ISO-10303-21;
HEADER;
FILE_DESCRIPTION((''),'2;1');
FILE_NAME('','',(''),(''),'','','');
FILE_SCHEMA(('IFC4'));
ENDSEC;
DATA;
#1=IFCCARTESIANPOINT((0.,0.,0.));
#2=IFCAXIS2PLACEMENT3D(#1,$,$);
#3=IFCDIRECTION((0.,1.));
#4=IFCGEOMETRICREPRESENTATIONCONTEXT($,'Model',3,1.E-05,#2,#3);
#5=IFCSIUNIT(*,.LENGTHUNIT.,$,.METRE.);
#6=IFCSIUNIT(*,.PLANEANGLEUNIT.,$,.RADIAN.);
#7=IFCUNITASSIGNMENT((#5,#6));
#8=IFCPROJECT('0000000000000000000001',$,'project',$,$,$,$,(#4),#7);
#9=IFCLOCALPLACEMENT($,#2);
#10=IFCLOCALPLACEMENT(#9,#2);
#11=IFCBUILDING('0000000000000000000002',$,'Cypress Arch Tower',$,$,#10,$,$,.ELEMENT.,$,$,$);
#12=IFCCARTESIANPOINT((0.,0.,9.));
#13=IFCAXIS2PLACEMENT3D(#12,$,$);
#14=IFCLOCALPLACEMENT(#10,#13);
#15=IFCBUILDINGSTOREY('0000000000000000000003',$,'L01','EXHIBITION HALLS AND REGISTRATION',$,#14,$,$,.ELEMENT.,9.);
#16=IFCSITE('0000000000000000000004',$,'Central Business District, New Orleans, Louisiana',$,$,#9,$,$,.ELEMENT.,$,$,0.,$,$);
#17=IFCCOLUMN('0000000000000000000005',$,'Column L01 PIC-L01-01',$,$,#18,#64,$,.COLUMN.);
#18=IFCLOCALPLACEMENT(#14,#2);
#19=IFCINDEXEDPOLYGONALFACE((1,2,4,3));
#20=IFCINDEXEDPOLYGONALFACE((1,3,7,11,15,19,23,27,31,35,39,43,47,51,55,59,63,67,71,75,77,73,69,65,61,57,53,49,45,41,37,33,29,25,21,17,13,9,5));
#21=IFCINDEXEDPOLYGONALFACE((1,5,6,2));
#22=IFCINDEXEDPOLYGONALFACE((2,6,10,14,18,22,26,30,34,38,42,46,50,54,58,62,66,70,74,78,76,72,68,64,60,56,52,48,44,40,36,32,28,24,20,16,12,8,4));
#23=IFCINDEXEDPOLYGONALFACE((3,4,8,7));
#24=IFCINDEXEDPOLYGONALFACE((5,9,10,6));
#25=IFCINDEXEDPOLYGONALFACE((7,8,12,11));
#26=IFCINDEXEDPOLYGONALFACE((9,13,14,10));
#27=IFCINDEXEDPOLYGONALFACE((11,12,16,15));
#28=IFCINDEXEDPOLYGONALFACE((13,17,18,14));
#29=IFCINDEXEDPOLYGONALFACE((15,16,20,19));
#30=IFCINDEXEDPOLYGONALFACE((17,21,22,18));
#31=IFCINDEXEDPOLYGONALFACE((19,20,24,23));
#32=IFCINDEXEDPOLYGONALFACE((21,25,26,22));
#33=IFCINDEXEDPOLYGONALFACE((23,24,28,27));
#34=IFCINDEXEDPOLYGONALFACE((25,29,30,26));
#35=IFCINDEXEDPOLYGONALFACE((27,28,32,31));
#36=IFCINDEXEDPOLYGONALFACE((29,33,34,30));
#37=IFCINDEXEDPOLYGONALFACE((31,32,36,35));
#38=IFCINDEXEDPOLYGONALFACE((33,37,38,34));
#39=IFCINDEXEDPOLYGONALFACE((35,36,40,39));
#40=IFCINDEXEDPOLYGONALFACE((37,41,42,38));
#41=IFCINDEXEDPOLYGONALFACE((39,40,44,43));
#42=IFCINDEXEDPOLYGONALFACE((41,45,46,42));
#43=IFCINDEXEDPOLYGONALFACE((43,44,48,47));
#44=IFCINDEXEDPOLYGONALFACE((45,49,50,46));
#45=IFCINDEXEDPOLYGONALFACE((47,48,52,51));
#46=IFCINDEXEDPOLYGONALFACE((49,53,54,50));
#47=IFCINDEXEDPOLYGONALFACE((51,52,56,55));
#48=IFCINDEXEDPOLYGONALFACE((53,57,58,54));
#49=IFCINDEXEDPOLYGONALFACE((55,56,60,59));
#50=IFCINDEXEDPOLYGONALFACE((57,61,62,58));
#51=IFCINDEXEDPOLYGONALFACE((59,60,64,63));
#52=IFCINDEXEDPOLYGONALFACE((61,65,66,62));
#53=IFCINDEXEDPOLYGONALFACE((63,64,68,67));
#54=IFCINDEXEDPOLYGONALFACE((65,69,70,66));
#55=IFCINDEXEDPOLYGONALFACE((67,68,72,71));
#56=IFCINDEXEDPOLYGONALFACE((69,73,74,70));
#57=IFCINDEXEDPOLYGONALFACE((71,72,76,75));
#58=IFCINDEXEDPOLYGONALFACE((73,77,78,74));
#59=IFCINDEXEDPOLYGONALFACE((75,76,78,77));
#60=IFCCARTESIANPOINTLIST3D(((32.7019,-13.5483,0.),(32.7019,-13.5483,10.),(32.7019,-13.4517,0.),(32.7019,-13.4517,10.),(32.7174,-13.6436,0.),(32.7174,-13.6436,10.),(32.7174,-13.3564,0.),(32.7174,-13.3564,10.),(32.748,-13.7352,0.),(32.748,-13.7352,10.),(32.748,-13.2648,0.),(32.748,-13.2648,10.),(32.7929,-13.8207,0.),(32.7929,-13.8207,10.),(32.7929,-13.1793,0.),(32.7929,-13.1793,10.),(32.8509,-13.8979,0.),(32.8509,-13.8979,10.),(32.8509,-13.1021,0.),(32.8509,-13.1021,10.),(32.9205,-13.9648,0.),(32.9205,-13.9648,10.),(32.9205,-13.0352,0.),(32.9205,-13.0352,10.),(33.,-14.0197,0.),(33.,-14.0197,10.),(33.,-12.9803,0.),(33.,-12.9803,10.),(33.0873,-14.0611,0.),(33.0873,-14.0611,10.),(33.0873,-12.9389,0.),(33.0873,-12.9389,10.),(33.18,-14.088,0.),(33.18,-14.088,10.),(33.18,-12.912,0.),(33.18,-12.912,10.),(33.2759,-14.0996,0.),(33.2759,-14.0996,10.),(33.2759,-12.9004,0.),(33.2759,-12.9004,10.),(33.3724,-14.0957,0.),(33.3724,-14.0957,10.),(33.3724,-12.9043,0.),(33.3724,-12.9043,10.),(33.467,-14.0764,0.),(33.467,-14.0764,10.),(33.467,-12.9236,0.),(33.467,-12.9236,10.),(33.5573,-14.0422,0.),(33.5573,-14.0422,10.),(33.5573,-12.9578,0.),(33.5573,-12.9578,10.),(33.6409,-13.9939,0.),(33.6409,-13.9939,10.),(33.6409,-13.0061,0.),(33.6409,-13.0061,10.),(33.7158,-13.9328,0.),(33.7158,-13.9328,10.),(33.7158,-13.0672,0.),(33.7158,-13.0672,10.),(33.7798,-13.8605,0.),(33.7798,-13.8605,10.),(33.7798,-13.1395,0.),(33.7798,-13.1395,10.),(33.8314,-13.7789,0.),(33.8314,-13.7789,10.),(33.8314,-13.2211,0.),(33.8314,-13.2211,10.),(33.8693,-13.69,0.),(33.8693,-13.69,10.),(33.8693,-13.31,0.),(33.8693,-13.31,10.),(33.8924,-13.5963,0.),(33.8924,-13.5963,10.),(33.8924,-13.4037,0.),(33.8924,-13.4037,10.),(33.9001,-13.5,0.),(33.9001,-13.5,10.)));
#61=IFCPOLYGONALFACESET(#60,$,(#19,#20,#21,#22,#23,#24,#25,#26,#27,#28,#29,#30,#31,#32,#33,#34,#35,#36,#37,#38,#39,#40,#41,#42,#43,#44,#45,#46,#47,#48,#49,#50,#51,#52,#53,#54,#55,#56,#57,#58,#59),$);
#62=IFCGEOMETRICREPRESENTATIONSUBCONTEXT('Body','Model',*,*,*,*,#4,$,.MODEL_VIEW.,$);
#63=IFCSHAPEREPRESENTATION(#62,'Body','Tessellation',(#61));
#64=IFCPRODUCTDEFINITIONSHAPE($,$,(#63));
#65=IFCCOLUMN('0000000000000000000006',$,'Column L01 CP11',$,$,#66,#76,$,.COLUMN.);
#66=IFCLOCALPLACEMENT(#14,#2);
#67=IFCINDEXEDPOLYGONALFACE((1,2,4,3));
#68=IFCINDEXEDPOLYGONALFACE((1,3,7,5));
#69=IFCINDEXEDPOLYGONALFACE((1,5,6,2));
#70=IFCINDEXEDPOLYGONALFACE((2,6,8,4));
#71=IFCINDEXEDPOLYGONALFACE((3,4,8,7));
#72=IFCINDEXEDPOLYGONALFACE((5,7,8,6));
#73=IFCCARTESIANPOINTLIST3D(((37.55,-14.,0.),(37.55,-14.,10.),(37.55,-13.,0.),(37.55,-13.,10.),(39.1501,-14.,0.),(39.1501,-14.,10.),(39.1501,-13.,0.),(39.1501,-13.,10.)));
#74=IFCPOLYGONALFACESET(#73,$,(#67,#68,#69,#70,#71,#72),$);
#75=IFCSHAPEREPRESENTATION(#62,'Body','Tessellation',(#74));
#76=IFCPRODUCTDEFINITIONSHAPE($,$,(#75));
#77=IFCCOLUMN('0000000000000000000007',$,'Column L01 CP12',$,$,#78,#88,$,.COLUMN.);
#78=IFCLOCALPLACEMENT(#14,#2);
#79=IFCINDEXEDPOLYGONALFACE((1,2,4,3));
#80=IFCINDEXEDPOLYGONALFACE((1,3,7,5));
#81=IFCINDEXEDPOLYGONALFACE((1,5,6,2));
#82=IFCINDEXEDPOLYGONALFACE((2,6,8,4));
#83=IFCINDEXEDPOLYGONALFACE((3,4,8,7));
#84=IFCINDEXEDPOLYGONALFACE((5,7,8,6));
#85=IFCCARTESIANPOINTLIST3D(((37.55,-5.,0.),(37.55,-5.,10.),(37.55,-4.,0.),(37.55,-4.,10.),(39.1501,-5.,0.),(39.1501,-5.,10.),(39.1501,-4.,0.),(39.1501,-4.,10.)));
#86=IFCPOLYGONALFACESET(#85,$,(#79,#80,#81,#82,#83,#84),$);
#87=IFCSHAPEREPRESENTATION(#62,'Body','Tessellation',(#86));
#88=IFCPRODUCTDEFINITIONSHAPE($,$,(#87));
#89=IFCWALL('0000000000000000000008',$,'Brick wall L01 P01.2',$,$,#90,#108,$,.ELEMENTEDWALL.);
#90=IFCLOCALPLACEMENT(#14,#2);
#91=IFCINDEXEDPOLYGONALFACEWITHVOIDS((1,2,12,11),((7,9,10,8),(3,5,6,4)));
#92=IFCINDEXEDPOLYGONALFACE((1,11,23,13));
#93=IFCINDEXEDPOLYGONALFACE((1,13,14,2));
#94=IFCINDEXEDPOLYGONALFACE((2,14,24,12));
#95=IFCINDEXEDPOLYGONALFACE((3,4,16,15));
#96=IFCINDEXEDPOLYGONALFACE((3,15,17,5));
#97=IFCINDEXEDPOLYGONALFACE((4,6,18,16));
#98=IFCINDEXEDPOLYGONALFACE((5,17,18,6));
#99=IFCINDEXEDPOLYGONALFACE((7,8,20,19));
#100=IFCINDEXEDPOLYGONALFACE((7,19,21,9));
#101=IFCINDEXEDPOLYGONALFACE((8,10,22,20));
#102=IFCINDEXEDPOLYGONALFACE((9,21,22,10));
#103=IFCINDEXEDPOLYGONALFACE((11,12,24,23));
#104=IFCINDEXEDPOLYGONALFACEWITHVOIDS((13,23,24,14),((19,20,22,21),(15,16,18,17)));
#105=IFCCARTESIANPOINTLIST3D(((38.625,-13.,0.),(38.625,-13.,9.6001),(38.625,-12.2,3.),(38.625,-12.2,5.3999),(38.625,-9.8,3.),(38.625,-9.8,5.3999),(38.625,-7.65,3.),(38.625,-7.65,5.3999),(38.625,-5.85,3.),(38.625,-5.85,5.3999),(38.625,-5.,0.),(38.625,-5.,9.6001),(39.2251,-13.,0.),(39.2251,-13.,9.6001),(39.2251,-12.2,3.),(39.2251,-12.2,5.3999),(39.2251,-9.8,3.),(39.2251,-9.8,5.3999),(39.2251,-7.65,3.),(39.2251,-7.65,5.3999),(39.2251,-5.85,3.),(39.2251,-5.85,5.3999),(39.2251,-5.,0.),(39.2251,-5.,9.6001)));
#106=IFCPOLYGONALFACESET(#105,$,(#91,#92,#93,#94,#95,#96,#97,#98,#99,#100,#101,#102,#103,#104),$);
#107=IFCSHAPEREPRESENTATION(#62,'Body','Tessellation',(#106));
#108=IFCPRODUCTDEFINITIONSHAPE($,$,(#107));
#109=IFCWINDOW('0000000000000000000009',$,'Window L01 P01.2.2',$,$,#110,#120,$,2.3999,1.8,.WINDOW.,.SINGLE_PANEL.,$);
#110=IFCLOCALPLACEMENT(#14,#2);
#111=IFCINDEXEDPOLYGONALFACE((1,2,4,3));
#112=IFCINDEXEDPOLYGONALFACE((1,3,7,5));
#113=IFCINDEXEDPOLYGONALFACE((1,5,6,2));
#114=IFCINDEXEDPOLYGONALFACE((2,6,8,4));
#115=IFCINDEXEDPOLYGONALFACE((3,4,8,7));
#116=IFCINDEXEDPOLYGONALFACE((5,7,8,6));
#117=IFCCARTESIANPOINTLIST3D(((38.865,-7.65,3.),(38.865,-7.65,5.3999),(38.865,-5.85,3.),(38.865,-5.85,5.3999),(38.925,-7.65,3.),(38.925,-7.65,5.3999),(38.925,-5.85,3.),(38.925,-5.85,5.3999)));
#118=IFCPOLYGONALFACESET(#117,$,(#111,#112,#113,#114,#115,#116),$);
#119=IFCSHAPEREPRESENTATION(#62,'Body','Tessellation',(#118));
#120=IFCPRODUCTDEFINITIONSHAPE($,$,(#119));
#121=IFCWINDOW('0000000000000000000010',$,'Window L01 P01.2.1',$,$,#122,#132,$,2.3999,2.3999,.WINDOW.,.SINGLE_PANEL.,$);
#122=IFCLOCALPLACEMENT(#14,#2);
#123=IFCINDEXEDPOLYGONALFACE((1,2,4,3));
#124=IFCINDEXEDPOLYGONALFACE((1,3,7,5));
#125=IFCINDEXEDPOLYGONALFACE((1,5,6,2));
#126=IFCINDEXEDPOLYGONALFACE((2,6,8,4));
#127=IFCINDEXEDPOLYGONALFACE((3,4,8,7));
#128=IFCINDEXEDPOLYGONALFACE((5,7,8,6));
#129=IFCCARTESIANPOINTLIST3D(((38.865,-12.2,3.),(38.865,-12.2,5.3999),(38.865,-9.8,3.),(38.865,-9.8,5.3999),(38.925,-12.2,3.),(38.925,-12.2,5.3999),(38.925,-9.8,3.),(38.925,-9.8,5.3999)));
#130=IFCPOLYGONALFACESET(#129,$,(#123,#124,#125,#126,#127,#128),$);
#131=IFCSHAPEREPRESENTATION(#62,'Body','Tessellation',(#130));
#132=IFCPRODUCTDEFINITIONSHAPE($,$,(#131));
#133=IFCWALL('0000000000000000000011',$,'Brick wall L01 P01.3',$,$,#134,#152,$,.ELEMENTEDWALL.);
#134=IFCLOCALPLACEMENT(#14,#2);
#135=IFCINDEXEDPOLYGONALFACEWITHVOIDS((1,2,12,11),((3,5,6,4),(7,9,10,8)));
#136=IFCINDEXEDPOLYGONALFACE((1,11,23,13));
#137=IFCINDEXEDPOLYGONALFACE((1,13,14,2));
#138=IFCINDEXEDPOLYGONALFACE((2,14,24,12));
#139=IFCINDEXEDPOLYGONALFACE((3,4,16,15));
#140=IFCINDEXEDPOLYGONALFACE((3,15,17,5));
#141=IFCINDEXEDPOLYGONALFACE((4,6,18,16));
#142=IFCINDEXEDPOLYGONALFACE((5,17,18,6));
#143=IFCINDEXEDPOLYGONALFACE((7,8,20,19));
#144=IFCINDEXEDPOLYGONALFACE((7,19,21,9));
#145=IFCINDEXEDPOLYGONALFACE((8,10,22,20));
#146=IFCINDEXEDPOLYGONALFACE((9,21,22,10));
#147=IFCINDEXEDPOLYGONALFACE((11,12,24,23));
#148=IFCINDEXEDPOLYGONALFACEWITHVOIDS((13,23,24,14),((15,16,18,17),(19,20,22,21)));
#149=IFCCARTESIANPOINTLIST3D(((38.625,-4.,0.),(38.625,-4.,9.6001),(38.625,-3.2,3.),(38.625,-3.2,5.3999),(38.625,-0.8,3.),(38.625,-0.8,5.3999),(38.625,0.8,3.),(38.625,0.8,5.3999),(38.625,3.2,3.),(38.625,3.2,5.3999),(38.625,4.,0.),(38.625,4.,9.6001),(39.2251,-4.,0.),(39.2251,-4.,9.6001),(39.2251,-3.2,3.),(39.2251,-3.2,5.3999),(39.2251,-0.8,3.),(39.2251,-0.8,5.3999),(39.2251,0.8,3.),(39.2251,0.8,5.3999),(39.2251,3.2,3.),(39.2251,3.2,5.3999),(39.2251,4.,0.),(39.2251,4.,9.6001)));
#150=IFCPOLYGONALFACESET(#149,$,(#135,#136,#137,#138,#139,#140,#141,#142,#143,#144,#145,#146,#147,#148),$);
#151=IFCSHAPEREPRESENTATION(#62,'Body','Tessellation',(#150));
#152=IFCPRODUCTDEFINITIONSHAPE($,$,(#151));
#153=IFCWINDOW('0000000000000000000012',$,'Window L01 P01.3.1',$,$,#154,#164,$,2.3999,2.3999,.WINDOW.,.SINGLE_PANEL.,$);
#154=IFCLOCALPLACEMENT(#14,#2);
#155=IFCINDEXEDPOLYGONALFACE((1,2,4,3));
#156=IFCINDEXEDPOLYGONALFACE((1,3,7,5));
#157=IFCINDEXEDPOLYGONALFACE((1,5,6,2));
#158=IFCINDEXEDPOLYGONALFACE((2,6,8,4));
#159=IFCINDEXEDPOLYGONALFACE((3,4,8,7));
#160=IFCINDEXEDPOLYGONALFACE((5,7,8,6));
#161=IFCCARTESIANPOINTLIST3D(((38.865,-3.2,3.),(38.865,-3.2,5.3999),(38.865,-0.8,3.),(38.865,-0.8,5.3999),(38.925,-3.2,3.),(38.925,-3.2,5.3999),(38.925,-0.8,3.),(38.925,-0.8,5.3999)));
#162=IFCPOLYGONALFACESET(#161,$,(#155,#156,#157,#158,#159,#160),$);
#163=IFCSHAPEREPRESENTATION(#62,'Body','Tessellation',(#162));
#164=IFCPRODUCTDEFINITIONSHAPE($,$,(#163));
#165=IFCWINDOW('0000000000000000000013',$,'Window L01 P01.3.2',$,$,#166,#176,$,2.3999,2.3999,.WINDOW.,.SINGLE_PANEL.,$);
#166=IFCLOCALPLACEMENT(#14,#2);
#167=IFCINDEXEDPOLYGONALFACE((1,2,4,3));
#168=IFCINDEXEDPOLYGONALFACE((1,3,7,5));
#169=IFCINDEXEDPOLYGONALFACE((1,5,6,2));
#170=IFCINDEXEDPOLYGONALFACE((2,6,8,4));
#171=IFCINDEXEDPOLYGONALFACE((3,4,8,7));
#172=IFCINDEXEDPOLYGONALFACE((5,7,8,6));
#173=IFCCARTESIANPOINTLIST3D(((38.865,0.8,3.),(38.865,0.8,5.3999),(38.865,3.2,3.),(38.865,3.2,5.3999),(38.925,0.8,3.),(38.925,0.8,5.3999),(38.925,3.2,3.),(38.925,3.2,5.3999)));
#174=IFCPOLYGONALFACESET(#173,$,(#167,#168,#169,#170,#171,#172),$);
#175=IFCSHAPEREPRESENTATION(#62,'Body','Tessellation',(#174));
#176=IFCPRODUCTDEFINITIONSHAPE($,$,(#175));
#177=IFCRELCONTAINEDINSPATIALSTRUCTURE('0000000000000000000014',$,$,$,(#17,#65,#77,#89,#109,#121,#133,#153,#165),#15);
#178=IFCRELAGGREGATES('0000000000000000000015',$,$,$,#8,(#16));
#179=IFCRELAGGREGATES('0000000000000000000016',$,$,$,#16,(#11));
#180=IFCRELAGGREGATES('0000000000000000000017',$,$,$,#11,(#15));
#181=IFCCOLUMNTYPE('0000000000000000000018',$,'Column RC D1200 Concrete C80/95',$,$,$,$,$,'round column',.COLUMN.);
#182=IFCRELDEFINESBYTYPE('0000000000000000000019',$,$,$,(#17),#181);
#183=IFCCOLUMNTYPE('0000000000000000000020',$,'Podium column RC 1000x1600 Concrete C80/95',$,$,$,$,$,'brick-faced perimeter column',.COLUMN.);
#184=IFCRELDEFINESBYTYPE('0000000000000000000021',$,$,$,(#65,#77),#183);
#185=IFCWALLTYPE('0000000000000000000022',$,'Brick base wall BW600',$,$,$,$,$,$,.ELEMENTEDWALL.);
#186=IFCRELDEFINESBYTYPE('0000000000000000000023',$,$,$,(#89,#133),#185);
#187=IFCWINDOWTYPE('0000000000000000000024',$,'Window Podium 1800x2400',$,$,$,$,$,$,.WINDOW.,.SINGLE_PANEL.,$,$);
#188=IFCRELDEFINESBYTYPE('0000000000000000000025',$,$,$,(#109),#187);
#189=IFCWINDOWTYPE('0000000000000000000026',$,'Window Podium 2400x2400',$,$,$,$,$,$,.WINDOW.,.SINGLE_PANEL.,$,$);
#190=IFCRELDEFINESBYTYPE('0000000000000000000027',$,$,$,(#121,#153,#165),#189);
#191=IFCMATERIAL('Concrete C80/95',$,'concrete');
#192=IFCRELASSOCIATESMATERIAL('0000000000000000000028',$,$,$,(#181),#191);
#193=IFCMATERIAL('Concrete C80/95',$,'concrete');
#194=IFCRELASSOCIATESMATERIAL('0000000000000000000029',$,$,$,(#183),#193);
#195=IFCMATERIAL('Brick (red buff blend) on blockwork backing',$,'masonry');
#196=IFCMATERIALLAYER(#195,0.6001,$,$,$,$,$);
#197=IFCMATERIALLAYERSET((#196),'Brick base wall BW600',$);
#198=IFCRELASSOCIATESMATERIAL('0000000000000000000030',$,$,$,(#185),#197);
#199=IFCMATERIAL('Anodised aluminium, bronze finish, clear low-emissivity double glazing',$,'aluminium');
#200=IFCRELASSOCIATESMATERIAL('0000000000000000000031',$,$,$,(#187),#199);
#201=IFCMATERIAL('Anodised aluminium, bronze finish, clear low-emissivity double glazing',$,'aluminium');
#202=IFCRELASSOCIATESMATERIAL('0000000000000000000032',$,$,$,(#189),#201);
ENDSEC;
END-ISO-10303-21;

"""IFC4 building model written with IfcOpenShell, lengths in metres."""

from ifc_helpers import new_model, si_unit, direction, frame, frame_2d, origin, origin_2d, place, context, subcontext, project, spatial, rectangle, circle, extrude, material, layer, layer_set, material_profile, profile_set, type_object, element, fill, save


model = new_model("IFC4")

# Units and contexts
model_context = context("Model", 3, precision=1e-05, world=origin(), true_north=direction((0.0, 1.0)))
body_context = subcontext(model_context, "Body", "Model", "MODEL_VIEW")
ifc_project = project(units=[si_unit("LENGTHUNIT", "METRE"), si_unit("PLANEANGLEUNIT", "RADIAN")], contexts=[model_context])

# Site, building, storey
site_placement = place(None, origin())
site = spatial("IfcSite", under=ifc_project, at=site_placement, Name="Central Business District, New Orleans, Louisiana", CompositionType="ELEMENT", RefElevation=0.0)
building_placement = place(site_placement, origin())
building = spatial("IfcBuilding", under=site, at=building_placement, Name="Cypress Arch Tower", CompositionType="ELEMENT")
storey_placement = place(building_placement, frame((0.0, 0.0, 9.0)))
storey = spatial("IfcBuildingStorey", under=building, at=storey_placement, Name="L01", Description="EXHIBITION HALLS AND REGISTRATION", CompositionType="ELEMENT", Elevation=9.0)

# Columns
ifc_material_1 = material(Name="Concrete C80/95", Category="concrete")
ifc_material_profile_1 = material_profile(ifc_material_1, circle(Radius=0.6001, at=origin_2d()), Name="RC D1200")
ifc_profile_set_1 = profile_set([ifc_material_profile_1], Name="Concrete C80/95")
column_type_1 = type_object("IfcColumnType", Name="Column RC D1200 Concrete C80/95", ElementType="round column", PredefinedType="COLUMN", material=ifc_profile_set_1)
column_placement = place(storey_placement, frame((33.3, -13.5, 0.0), z_axis=(0.0, 0.0, 1.0), x_axis=(1.0, 0.0, 0.0)))
element("IfcColumn", 1, at=column_placement, inside=storey, type_object=column_type_1, Name="Column L01 PIC-L01-01", PredefinedType="COLUMN", context=body_context, shape_type="SweptSolid", body=[
    extrude(circle(Radius=0.6001, at=origin_2d()), origin(), (0.0, 0.0, 1.0), 10.0),
])
ifc_material_2 = material(Name="Concrete C80/95", Category="concrete")
ifc_material_profile_2 = material_profile(ifc_material_2, rectangle(XDim=1.0, YDim=1.6001, at=origin_2d()), Name="RC 1000x1600")
ifc_profile_set_2 = profile_set([ifc_material_profile_2], Name="Concrete C80/95")
column_type_2 = type_object("IfcColumnType", Name="Podium column RC 1000x1600 Concrete C80/95", ElementType="brick-faced perimeter column", PredefinedType="COLUMN", material=ifc_profile_set_2)
for number, where, z_axis, x_axis, name in (
    (2, (38.3501, -13.5, 0.0), (0.0, 0.0, 1.0), (0.0, 1.0, 0.0), "Column L01 CP11"),
    (3, (38.3501, -4.5, 0.0), (0.0, 0.0, 1.0), (0.0, 1.0, 0.0), "Column L01 CP12"),
):
    element("IfcColumn", number, at=place(storey_placement, frame(where, z_axis=z_axis, x_axis=x_axis)), inside=storey, type_object=column_type_2, Name=name, PredefinedType="COLUMN", context=body_context, shape_type="SweptSolid", body=[
        extrude(rectangle(XDim=1.0, YDim=1.6001, at=origin_2d()), origin(), (0.0, 0.0, 1.0), 10.0),
    ])

# Walls, openings, windows
ifc_material_3 = material(Name="Brick (red buff blend) on blockwork backing", Category="masonry")
ifc_layer_1 = layer(ifc_material_3, 0.6001)
ifc_layer_set_1 = layer_set([ifc_layer_1], Name="Brick base wall BW600")
wall_type_1 = type_object("IfcWallType", Name="Brick base wall BW600", PredefinedType="ELEMENTEDWALL", material=ifc_layer_set_1)
wall_1_placement = place(storey_placement, frame((38.925, -13.0, 0.0), z_axis=(0.0, 0.0, 1.0), x_axis=(0.0, 1.0, 0.0)))
wall_1 = element("IfcWall", 4, at=wall_1_placement, inside=storey, type_object=wall_type_1, Name="Brick wall L01 P01.2", PredefinedType="ELEMENTEDWALL", context=body_context, shape_type="SweptSolid", body=[
    extrude(rectangle(XDim=8.0, YDim=0.6001, at=frame_2d((4.0, 0.0))), origin(), (0.0, 0.0, 1.0), 9.6001),
])
opening_1_placement = place(wall_1_placement, frame((0.8, 0.0, 3.0)))
opening_1 = element("IfcOpeningElement", 5, at=opening_1_placement, cuts=wall_1, PredefinedType="OPENING", context=body_context, shape_type="SweptSolid", body=[
    extrude(rectangle(XDim=2.3999, YDim=2.3999, at=frame_2d((1.2, 1.2))), frame((0.0, 0.3101, 0.0), z_axis=(0.0, -1.0, 0.0), x_axis=(1.0, 0.0, 0.0)), (0.0, 0.0, 1.0), 0.6201),
])
opening_2_placement = place(wall_1_placement, frame((5.3501, 0.0, 3.0)))
opening_2 = element("IfcOpeningElement", 6, at=opening_2_placement, cuts=wall_1, PredefinedType="OPENING", context=body_context, shape_type="SweptSolid", body=[
    extrude(rectangle(XDim=1.8, YDim=2.3999, at=frame_2d((0.8999, 1.2))), frame((0.0, 0.3101, 0.0), z_axis=(0.0, -1.0, 0.0), x_axis=(1.0, 0.0, 0.0)), (0.0, 0.0, 1.0), 0.6201),
])
ifc_material_4 = material(Name="Anodised aluminium, bronze finish, clear low-emissivity double glazing", Category="aluminium")
window_type_1 = type_object("IfcWindowType", Name="Window Podium 1800x2400", PartitioningType="SINGLE_PANEL", PredefinedType="WINDOW", material=ifc_material_4)
window_1_placement = place(opening_2_placement, origin())
window_1 = element("IfcWindow", 7, at=window_1_placement, inside=storey, type_object=window_type_1, Name="Window L01 P01.2.2", OverallHeight=2.3999, OverallWidth=1.8, PartitioningType="SINGLE_PANEL", PredefinedType="WINDOW", context=body_context, shape_type="SweptSolid", body=[
    extrude(rectangle(XDim=1.8, YDim=2.3999, at=frame_2d((0.8999, 1.2))), frame((0.0, 0.0601, 0.0), z_axis=(0.0, -1.0, 0.0), x_axis=(1.0, 0.0, 0.0)), (0.0, 0.0, 1.0), 0.0601),
])
fill(opening_2, window_1)
ifc_material_5 = material(Name="Anodised aluminium, bronze finish, clear low-emissivity double glazing", Category="aluminium")
window_type_2 = type_object("IfcWindowType", Name="Window Podium 2400x2400", PartitioningType="SINGLE_PANEL", PredefinedType="WINDOW", material=ifc_material_5)
window_2_placement = place(opening_1_placement, origin())
window_2 = element("IfcWindow", 8, at=window_2_placement, inside=storey, type_object=window_type_2, Name="Window L01 P01.2.1", OverallHeight=2.3999, OverallWidth=2.3999, PartitioningType="SINGLE_PANEL", PredefinedType="WINDOW", context=body_context, shape_type="SweptSolid", body=[
    extrude(rectangle(XDim=2.3999, YDim=2.3999, at=frame_2d((1.2, 1.2))), frame((0.0, 0.0601, 0.0), z_axis=(0.0, -1.0, 0.0), x_axis=(1.0, 0.0, 0.0)), (0.0, 0.0, 1.0), 0.0601),
])
fill(opening_1, window_2)
wall_2_placement = place(storey_placement, frame((38.925, -4.0, 0.0), z_axis=(0.0, 0.0, 1.0), x_axis=(0.0, 1.0, 0.0)))
wall_2 = element("IfcWall", 9, at=wall_2_placement, inside=storey, type_object=wall_type_1, Name="Brick wall L01 P01.3", PredefinedType="ELEMENTEDWALL", context=body_context, shape_type="SweptSolid", body=[
    extrude(rectangle(XDim=8.0, YDim=0.6001, at=frame_2d((4.0, 0.0))), origin(), (0.0, 0.0, 1.0), 9.6001),
])
opening_3_placement = place(wall_2_placement, frame((0.8, 0.0, 3.0)))
opening_3 = element("IfcOpeningElement", 10, at=opening_3_placement, cuts=wall_2, PredefinedType="OPENING", context=body_context, shape_type="SweptSolid", body=[
    extrude(rectangle(XDim=2.3999, YDim=2.3999, at=frame_2d((1.2, 1.2))), frame((0.0, 0.3101, 0.0), z_axis=(0.0, -1.0, 0.0), x_axis=(1.0, 0.0, 0.0)), (0.0, 0.0, 1.0), 0.6201),
])
opening_4_placement = place(wall_2_placement, frame((4.8, 0.0, 3.0)))
opening_4 = element("IfcOpeningElement", 11, at=opening_4_placement, cuts=wall_2, PredefinedType="OPENING", context=body_context, shape_type="SweptSolid", body=[
    extrude(rectangle(XDim=2.3999, YDim=2.3999, at=frame_2d((1.2, 1.2))), frame((0.0, 0.3101, 0.0), z_axis=(0.0, -1.0, 0.0), x_axis=(1.0, 0.0, 0.0)), (0.0, 0.0, 1.0), 0.6201),
])
window_3_placement = place(opening_3_placement, origin())
window_3 = element("IfcWindow", 12, at=window_3_placement, inside=storey, type_object=window_type_2, Name="Window L01 P01.3.1", OverallHeight=2.3999, OverallWidth=2.3999, PartitioningType="SINGLE_PANEL", PredefinedType="WINDOW", context=body_context, shape_type="SweptSolid", body=[
    extrude(rectangle(XDim=2.3999, YDim=2.3999, at=frame_2d((1.2, 1.2))), frame((0.0, 0.0601, 0.0), z_axis=(0.0, -1.0, 0.0), x_axis=(1.0, 0.0, 0.0)), (0.0, 0.0, 1.0), 0.0601),
])
fill(opening_3, window_3)
window_4_placement = place(opening_4_placement, origin())
window_4 = element("IfcWindow", 13, at=window_4_placement, inside=storey, type_object=window_type_2, Name="Window L01 P01.3.2", OverallHeight=2.3999, OverallWidth=2.3999, PartitioningType="SINGLE_PANEL", PredefinedType="WINDOW", context=body_context, shape_type="SweptSolid", body=[
    extrude(rectangle(XDim=2.3999, YDim=2.3999, at=frame_2d((1.2, 1.2))), frame((0.0, 0.0601, 0.0), z_axis=(0.0, -1.0, 0.0), x_axis=(1.0, 0.0, 0.0)), (0.0, 0.0, 1.0), 0.0601),
])
fill(opening_4, window_4)

save(model, "model.ifc")
